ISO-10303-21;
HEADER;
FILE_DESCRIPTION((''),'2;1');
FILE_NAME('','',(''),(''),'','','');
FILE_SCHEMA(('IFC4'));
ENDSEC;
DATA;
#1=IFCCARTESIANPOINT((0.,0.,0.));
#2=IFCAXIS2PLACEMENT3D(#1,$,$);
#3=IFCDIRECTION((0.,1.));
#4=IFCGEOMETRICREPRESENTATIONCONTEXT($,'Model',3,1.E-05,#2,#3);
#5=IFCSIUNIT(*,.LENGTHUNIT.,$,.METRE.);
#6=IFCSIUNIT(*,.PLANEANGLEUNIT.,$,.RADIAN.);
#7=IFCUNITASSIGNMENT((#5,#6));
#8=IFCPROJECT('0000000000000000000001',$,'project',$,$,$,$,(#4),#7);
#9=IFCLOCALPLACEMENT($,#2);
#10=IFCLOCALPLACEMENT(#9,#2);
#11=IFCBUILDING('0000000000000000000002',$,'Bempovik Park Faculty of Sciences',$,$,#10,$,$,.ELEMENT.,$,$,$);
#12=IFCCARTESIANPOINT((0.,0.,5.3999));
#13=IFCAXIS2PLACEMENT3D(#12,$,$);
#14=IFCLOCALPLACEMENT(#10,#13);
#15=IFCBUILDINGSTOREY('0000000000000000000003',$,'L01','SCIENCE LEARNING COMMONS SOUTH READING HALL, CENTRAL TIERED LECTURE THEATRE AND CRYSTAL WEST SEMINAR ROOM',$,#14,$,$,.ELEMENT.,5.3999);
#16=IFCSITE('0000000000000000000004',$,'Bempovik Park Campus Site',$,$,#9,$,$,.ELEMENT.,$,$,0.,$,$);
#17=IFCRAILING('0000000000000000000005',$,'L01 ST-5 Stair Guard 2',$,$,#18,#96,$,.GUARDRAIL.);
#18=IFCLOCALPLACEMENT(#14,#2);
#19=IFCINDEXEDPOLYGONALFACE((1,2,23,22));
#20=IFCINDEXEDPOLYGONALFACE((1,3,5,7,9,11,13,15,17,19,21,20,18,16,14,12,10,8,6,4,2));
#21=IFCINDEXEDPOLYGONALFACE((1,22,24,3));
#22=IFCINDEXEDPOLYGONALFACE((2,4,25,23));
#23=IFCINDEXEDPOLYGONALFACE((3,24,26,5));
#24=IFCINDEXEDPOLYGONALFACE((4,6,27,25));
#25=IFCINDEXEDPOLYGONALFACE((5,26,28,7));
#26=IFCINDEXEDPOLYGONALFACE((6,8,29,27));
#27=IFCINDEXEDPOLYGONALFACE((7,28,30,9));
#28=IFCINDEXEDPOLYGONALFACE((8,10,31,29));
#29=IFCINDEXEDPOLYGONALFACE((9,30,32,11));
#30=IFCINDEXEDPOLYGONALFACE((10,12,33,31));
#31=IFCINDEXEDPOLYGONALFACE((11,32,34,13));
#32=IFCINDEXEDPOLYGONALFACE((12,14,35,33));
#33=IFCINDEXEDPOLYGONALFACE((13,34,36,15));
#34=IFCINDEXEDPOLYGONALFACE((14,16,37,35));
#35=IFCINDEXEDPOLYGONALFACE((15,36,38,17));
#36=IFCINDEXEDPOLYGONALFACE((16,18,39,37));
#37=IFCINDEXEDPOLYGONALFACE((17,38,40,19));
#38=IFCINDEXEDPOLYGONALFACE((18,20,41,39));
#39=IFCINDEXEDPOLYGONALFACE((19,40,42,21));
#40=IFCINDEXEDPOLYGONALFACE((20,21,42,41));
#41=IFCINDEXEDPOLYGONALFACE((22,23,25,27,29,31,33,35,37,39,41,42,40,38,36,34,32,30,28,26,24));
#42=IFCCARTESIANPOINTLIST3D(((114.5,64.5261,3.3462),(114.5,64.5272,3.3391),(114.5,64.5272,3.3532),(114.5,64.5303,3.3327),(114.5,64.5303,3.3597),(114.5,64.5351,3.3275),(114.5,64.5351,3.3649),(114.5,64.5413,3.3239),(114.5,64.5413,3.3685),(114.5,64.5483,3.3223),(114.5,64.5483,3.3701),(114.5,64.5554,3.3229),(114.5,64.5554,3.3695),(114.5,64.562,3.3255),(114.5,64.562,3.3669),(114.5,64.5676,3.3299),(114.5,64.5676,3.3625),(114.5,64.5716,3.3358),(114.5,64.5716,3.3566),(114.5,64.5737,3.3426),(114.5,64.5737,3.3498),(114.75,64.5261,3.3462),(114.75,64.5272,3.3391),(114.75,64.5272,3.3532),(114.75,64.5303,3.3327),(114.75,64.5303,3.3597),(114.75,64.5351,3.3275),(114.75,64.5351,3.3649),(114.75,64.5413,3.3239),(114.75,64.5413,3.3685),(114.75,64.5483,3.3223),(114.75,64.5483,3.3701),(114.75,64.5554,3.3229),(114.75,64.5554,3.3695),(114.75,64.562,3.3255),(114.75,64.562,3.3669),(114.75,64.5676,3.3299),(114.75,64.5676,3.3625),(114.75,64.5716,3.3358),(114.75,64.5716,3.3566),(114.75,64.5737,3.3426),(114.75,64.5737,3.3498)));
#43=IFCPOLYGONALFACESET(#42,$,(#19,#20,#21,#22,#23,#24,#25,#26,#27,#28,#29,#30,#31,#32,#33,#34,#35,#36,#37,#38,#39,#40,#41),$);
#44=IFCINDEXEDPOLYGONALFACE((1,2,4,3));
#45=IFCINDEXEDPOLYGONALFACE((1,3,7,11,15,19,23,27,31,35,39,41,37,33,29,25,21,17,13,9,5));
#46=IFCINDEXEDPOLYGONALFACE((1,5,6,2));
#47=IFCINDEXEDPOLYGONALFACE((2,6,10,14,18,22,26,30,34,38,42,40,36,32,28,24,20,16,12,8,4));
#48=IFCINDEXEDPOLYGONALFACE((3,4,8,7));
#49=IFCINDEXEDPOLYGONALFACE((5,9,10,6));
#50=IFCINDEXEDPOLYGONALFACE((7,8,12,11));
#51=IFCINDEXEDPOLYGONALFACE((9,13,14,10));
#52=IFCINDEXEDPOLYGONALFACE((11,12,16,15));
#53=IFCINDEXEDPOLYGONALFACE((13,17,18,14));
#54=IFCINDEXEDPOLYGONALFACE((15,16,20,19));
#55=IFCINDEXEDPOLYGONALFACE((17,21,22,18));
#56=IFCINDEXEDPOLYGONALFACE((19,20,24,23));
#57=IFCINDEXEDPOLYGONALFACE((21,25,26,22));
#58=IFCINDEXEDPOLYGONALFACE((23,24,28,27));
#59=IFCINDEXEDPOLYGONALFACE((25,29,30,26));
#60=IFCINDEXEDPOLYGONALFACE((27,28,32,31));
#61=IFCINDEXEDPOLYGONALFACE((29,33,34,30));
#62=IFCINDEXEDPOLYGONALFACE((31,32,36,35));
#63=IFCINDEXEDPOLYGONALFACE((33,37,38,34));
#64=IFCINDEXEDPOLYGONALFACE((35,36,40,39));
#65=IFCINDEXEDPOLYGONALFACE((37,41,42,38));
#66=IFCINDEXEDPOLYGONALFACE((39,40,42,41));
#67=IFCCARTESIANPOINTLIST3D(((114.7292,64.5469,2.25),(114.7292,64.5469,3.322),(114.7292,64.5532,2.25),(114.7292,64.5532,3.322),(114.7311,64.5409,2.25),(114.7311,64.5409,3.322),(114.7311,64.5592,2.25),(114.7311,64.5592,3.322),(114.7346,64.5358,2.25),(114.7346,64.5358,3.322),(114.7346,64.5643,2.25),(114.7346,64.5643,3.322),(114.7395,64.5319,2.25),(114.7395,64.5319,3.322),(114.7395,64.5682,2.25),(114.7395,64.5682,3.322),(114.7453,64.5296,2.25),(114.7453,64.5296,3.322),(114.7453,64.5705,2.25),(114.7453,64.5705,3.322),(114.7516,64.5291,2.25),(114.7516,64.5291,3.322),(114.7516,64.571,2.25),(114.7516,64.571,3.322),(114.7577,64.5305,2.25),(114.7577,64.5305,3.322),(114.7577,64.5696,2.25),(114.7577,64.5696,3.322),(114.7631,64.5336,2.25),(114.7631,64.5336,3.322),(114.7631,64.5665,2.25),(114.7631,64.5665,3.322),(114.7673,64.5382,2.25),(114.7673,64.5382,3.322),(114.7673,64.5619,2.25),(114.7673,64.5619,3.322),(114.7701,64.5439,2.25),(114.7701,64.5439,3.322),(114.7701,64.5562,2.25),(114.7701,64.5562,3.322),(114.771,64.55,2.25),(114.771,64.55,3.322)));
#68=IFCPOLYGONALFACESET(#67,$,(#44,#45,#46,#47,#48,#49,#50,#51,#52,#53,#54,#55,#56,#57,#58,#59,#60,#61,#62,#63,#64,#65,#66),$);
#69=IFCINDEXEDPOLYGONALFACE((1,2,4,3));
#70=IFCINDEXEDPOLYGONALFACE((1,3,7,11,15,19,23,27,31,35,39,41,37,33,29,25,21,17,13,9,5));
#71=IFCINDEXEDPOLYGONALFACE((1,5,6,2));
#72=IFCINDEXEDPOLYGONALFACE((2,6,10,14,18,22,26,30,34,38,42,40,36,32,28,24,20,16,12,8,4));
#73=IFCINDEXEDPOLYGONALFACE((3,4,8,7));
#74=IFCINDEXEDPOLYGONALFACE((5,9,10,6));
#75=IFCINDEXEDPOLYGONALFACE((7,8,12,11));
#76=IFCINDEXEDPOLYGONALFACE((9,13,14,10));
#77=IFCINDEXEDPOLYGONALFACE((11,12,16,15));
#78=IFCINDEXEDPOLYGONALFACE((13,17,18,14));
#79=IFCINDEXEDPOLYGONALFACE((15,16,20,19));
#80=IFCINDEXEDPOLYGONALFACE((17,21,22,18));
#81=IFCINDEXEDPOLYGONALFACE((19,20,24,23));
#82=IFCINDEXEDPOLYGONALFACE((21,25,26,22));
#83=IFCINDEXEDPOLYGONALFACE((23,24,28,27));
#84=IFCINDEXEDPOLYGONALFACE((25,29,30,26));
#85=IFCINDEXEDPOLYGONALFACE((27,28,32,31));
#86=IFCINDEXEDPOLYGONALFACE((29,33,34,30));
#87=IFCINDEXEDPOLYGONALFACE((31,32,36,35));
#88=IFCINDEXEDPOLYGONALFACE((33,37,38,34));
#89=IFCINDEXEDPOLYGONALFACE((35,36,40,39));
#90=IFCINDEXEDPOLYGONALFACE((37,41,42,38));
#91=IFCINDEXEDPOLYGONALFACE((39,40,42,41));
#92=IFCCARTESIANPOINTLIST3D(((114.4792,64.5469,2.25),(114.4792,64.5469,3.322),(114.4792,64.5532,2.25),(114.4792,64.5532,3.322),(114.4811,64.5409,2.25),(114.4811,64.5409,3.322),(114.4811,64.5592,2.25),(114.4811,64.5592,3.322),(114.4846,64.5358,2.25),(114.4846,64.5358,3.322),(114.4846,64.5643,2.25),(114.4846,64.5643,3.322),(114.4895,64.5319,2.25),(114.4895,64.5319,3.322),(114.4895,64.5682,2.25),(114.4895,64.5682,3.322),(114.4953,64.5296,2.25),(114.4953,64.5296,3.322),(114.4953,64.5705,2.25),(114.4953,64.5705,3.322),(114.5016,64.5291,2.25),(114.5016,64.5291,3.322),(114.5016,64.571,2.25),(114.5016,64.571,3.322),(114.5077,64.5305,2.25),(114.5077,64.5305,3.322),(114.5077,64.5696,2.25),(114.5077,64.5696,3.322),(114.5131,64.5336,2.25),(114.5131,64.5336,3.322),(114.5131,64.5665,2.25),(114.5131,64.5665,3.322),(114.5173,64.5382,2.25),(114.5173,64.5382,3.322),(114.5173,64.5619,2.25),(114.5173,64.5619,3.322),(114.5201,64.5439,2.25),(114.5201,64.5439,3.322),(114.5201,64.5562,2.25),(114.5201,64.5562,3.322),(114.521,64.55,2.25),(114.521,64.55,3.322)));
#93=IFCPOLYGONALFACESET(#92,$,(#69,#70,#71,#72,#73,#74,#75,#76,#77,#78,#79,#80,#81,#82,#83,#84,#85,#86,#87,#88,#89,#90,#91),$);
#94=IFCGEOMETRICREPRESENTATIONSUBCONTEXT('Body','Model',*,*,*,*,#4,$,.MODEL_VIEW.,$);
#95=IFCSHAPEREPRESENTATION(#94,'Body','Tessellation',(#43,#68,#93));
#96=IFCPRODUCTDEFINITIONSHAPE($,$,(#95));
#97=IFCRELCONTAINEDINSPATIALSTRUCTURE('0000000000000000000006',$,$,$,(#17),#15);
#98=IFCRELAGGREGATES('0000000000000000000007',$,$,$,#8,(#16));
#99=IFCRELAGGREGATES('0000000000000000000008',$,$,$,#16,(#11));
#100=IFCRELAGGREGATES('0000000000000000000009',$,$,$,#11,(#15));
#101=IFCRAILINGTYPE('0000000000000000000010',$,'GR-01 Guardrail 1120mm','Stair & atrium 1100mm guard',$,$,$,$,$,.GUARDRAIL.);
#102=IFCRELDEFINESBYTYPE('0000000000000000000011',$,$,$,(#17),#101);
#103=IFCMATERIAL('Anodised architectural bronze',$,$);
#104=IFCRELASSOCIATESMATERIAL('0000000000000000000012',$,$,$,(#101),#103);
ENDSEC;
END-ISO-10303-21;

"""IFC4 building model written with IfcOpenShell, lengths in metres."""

from ifc_helpers import new_model, si_unit, direction, frame, origin, origin_2d, place, context, subcontext, project, spatial, circle, extrude, material, type_object, element, save


model = new_model("IFC4")

# Units and contexts
model_context = context("Model", 3, precision=1e-05, world=origin(), true_north=direction((0.0, 1.0)))
body_context = subcontext(model_context, "Body", "Model", "MODEL_VIEW")
ifc_project = project(units=[si_unit("LENGTHUNIT", "METRE"), si_unit("PLANEANGLEUNIT", "RADIAN")], contexts=[model_context])

# Site, building, storey
site_placement = place(None, origin())
site = spatial("IfcSite", under=ifc_project, at=site_placement, Name="Bempovik Park Campus Site", CompositionType="ELEMENT", RefElevation=0.0)
building_placement = place(site_placement, origin())
building = spatial("IfcBuilding", under=site, at=building_placement, Name="Bempovik Park Faculty of Sciences", CompositionType="ELEMENT")
storey_placement = place(building_placement, frame((0.0, 0.0, 5.3999)))
storey = spatial("IfcBuildingStorey", under=building, at=storey_placement, Name="L01", Description="SCIENCE LEARNING COMMONS SOUTH READING HALL, CENTRAL TIERED LECTURE THEATRE AND CRYSTAL WEST SEMINAR ROOM", CompositionType="ELEMENT", Elevation=5.3999)

# Railing
ifc_material_1 = material(Name="Anodised architectural bronze")
railing_type_1 = type_object("IfcRailingType", Name="GR-01 Guardrail 1120mm", Description="Stair & atrium 1100mm guard", PredefinedType="GUARDRAIL", material=ifc_material_1)
railing_1_placement = place(storey_placement, frame((114.75, 64.55, 2.25)))
element("IfcRailing", 1, at=railing_1_placement, inside=storey, type_object=railing_type_1, Name="L01 ST-5 Stair Guard 2", PredefinedType="GUARDRAIL", context=body_context, shape_type="SweptSolid", body=[
    extrude(circle(Radius=0.0239, at=origin_2d()), frame((0.0, 0.0, 1.0962), z_axis=(-1.0, 0.0, 0.0), x_axis=(0.0, -1.0, 0.0)), (0.0, 0.0, 1.0), 0.25),
    extrude(circle(Radius=0.021, at=origin_2d()), origin(), (0.0, 0.0, 1.0), 1.072),
    extrude(circle(Radius=0.021, at=origin_2d()), frame((-0.25, 0.0, 0.0)), (0.0, 0.0, 1.0), 1.072),
])

save(model, "model.ifc")
